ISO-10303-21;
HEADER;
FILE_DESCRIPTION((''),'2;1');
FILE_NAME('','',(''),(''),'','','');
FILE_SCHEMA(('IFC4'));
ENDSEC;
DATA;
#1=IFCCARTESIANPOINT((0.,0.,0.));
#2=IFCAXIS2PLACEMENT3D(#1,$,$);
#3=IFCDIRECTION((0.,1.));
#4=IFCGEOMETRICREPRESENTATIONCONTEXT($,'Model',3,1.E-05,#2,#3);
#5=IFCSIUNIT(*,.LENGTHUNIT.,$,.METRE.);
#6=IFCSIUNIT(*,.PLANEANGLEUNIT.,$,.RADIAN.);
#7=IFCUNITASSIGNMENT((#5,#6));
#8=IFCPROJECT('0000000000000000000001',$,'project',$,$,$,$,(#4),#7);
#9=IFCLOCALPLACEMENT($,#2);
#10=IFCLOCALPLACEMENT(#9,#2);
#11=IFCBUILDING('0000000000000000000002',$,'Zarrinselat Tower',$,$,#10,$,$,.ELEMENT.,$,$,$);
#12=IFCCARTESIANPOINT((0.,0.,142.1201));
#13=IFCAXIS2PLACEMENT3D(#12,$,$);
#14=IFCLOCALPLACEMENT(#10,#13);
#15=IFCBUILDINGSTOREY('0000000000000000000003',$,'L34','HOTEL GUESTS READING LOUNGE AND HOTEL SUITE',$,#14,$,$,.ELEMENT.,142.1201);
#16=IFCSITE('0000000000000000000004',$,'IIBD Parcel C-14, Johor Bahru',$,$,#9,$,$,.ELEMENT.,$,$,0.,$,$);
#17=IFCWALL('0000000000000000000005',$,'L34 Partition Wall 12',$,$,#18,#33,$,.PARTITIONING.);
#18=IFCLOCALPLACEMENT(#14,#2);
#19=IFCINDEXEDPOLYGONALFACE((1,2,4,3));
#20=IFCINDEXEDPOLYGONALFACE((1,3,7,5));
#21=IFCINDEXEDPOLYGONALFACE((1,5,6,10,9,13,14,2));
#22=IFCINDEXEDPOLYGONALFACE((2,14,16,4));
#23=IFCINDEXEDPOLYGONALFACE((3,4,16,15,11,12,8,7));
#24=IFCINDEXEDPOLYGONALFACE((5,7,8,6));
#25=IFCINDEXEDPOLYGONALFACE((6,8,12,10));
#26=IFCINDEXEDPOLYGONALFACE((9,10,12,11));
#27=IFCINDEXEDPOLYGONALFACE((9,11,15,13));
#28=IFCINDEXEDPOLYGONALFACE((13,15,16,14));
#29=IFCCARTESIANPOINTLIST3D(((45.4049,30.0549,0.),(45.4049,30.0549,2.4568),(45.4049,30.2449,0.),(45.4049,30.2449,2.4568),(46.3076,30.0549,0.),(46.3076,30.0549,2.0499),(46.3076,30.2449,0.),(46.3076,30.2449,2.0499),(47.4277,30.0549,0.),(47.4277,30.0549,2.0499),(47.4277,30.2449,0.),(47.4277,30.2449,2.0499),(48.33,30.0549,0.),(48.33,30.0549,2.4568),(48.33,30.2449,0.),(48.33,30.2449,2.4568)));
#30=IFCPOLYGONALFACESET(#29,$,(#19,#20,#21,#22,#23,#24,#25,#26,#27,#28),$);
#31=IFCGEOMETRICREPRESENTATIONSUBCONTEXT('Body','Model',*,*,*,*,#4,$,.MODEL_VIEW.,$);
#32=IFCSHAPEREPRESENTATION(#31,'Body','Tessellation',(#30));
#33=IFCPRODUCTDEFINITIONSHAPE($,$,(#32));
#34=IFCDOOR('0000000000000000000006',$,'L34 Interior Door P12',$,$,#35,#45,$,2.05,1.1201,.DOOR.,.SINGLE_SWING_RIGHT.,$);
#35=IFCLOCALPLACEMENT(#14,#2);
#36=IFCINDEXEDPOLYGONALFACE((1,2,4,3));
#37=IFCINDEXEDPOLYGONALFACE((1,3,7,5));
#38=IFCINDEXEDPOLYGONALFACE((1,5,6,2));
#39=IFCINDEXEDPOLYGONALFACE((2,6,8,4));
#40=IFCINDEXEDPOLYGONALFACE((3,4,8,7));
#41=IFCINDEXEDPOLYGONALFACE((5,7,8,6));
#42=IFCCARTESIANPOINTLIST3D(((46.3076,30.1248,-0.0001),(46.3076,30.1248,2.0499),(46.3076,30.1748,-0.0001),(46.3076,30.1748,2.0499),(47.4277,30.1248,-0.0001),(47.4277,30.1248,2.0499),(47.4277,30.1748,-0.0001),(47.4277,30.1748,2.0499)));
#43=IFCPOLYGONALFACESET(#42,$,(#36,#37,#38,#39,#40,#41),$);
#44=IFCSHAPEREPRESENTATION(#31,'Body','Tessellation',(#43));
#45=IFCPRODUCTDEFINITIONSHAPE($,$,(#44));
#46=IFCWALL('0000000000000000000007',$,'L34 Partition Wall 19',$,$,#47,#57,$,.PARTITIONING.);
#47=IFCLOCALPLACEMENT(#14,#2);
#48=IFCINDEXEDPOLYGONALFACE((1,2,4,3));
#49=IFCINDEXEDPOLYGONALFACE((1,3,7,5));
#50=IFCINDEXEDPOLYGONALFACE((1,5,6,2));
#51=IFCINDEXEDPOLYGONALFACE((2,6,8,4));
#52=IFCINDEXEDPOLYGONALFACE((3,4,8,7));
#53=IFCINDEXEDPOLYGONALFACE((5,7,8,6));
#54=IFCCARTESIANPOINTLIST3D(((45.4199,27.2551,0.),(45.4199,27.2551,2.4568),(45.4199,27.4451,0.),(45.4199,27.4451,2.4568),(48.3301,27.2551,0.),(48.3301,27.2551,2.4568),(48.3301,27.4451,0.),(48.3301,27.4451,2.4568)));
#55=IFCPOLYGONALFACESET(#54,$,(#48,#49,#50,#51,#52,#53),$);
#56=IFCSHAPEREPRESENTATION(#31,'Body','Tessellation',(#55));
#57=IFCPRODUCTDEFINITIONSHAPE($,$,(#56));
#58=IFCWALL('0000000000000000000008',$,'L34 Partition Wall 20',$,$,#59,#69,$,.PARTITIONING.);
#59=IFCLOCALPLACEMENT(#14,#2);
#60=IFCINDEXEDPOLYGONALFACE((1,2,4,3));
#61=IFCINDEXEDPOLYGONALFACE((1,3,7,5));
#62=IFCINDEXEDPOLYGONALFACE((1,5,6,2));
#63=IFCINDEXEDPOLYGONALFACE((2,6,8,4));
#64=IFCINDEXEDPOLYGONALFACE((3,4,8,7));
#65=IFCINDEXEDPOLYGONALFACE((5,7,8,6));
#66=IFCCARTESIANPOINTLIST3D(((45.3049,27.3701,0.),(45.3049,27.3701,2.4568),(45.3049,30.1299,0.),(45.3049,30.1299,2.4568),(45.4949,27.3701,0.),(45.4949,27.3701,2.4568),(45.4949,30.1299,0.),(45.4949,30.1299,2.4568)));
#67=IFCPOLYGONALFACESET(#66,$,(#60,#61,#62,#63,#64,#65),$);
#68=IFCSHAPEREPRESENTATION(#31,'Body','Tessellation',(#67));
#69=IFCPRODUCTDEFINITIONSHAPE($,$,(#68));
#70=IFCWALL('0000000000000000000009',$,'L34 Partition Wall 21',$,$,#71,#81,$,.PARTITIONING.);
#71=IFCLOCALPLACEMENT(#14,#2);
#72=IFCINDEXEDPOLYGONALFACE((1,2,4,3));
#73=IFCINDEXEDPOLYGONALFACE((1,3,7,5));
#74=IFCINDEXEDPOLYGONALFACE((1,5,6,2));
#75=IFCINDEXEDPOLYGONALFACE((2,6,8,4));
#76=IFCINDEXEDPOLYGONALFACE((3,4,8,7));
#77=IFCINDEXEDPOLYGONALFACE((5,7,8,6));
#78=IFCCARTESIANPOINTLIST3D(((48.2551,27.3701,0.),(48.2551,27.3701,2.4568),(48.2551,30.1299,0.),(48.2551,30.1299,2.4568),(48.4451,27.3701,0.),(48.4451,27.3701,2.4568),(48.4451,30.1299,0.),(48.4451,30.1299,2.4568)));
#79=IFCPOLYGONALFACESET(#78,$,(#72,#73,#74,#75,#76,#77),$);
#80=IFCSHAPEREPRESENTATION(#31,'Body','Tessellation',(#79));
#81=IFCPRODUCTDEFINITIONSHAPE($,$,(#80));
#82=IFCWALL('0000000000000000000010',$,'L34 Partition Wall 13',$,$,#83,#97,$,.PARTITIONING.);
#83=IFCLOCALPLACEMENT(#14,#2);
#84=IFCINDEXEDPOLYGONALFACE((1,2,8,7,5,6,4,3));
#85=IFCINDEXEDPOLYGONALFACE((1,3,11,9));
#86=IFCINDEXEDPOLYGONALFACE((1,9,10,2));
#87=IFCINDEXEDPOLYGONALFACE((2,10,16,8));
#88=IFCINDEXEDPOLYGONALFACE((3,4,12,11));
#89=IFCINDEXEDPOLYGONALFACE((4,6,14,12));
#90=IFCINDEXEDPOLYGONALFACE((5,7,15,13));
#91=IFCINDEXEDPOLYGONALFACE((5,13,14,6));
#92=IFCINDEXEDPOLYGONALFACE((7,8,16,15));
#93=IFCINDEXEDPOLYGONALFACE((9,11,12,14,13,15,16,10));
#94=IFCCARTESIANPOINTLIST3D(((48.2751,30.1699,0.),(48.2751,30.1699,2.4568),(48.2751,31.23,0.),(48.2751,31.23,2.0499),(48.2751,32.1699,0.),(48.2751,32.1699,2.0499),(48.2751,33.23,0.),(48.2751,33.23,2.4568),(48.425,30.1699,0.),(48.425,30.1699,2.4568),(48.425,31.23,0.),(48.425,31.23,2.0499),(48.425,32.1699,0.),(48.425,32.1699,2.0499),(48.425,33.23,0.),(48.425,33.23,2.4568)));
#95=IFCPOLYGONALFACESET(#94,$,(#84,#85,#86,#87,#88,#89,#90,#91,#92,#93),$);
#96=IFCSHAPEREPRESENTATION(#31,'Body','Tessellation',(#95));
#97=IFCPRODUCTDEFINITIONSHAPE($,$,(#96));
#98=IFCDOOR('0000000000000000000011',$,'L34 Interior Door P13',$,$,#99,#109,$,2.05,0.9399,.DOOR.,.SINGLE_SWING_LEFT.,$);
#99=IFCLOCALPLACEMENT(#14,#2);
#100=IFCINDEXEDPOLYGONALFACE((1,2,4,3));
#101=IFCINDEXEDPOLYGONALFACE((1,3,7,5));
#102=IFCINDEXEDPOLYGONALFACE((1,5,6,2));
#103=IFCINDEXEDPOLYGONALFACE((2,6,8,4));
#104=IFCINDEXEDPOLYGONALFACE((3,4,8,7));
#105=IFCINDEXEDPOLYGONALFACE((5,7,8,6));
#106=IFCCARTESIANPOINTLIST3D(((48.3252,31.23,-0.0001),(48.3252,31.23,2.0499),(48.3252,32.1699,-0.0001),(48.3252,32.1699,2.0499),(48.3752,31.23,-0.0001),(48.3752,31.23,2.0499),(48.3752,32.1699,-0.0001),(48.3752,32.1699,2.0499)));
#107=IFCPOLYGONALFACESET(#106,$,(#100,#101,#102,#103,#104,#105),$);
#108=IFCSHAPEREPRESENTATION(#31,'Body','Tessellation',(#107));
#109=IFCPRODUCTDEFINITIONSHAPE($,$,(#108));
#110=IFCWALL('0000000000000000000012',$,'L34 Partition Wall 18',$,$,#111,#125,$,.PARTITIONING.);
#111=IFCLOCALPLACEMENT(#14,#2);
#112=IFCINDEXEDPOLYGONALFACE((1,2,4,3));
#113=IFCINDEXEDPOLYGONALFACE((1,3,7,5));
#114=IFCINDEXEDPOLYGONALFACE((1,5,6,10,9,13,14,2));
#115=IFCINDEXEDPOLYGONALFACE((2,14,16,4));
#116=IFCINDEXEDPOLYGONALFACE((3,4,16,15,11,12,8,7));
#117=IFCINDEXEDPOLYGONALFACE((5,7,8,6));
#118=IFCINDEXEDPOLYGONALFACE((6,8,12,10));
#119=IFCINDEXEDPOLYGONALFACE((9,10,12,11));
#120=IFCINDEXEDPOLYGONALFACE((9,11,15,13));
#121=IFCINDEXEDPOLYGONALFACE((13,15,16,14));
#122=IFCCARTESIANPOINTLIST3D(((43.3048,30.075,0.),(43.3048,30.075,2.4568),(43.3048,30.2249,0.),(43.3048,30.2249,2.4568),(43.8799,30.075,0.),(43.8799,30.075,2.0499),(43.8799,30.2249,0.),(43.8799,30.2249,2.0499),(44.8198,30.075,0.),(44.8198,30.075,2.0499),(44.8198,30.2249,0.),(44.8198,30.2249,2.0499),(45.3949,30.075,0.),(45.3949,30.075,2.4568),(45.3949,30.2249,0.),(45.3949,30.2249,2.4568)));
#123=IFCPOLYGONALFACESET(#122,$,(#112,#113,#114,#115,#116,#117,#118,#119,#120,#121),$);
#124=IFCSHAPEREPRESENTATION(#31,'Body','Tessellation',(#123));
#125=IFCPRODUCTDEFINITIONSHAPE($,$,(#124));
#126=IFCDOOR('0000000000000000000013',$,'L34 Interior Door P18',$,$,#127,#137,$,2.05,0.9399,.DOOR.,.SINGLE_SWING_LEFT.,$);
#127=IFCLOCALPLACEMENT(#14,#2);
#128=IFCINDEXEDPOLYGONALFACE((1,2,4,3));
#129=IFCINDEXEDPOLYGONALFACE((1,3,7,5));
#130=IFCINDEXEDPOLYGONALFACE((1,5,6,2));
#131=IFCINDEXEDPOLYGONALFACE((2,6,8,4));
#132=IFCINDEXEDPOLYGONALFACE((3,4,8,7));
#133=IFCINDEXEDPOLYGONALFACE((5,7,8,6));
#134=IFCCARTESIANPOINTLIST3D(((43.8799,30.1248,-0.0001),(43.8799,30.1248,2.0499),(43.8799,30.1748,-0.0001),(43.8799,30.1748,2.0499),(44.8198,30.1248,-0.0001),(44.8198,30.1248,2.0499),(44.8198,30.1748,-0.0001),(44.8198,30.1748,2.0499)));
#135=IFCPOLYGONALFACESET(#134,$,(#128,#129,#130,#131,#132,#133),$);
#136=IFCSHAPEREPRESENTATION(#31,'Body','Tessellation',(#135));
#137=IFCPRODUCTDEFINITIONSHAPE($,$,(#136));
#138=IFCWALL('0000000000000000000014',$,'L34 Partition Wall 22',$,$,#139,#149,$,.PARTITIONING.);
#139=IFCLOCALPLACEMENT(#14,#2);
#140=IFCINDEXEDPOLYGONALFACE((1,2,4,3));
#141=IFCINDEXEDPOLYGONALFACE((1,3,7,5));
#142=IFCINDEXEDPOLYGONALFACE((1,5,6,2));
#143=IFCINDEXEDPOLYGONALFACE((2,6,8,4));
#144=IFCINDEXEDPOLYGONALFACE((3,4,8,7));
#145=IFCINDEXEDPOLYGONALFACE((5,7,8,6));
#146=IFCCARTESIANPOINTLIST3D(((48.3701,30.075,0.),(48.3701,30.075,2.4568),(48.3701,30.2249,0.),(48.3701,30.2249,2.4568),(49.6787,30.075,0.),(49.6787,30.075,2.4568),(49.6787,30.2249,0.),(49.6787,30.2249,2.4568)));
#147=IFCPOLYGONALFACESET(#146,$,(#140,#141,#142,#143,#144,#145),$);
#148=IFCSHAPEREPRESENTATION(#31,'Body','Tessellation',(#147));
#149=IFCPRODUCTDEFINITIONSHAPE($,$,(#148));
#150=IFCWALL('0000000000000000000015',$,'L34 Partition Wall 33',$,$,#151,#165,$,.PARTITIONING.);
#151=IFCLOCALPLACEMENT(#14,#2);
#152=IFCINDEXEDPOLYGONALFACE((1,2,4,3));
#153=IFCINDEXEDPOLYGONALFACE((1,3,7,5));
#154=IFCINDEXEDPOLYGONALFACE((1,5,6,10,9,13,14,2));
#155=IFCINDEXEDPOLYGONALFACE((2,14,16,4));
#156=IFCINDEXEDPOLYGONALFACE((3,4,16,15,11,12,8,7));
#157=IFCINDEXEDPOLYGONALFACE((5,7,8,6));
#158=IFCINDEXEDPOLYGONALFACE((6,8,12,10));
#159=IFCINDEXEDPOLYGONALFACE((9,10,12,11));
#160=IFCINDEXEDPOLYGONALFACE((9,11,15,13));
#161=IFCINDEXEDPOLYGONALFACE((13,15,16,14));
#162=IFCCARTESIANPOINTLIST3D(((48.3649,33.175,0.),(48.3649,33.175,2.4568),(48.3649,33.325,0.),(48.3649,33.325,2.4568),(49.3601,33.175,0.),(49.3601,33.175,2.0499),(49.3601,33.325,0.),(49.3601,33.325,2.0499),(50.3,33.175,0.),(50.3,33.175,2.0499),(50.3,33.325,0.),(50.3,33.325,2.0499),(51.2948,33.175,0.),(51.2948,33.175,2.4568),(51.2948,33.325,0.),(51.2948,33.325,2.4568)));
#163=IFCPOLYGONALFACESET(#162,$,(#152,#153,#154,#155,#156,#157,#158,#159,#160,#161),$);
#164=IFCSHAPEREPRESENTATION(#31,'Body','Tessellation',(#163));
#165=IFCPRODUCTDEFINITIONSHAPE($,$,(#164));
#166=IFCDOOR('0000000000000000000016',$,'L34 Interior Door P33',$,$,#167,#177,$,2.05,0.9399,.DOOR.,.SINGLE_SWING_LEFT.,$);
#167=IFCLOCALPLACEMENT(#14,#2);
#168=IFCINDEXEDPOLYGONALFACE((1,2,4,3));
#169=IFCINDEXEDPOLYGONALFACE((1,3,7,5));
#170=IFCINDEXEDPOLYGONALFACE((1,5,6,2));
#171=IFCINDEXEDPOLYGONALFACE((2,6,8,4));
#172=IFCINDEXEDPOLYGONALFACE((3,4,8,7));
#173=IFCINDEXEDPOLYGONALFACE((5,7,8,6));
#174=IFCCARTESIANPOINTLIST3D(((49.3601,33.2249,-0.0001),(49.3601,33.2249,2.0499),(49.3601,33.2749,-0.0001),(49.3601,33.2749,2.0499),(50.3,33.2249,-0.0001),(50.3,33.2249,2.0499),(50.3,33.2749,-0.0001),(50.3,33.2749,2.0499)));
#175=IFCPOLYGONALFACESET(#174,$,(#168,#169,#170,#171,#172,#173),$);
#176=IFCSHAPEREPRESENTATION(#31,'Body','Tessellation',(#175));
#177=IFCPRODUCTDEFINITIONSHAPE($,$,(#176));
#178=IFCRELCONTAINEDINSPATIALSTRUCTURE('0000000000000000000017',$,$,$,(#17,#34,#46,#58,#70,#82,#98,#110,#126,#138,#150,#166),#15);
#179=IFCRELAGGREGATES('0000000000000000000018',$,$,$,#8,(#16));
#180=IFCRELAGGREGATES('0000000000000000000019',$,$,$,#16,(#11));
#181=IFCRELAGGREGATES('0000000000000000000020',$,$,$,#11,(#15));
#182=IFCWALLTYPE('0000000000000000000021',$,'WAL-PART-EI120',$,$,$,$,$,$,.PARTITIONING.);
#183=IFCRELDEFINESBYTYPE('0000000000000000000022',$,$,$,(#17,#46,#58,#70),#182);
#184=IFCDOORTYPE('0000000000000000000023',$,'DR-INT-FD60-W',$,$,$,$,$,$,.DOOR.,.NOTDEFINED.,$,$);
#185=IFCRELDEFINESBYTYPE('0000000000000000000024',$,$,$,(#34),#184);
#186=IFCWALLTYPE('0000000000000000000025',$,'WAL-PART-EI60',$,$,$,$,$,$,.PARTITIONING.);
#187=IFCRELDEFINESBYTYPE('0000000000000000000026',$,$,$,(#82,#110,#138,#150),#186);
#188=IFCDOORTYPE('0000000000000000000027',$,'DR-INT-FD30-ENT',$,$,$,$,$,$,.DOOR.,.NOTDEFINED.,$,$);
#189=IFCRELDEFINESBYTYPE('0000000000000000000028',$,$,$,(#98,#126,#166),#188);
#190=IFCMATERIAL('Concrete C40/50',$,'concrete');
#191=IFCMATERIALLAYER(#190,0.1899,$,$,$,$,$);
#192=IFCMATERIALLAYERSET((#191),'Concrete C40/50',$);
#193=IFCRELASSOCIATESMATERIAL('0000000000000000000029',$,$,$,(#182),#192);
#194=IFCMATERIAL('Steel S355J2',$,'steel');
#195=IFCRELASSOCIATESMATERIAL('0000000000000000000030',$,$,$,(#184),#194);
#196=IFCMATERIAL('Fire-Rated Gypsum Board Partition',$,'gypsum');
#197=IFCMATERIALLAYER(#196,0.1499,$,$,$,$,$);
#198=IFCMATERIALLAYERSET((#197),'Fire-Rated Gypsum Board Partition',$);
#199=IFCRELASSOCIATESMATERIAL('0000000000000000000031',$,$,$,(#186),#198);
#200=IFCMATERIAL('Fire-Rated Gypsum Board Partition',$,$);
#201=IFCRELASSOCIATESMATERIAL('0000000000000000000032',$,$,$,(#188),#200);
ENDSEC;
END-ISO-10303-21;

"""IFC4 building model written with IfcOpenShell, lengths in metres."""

from ifc_helpers import new_model, si_unit, direction, frame, frame_2d, origin, place, context, subcontext, project, spatial, rectangle, extrude, material, layer, layer_set, type_object, element, fill, save


model = new_model("IFC4")

# Units and contexts
model_context = context("Model", 3, precision=1e-05, world=origin(), true_north=direction((0.0, 1.0)))
body_context = subcontext(model_context, "Body", "Model", "MODEL_VIEW")
ifc_project = project(units=[si_unit("LENGTHUNIT", "METRE"), si_unit("PLANEANGLEUNIT", "RADIAN")], contexts=[model_context])

# Site, building, storey
site_placement = place(None, origin())
site = spatial("IfcSite", under=ifc_project, at=site_placement, Name="IIBD Parcel C-14, Johor Bahru", CompositionType="ELEMENT", RefElevation=0.0)
building_placement = place(site_placement, origin())
building = spatial("IfcBuilding", under=site, at=building_placement, Name="Zarrinselat Tower", CompositionType="ELEMENT")
storey_placement = place(building_placement, frame((0.0, 0.0, 142.1201)))
storey = spatial("IfcBuildingStorey", under=building, at=storey_placement, Name="L34", Description="HOTEL GUESTS READING LOUNGE AND HOTEL SUITE", CompositionType="ELEMENT", Elevation=142.1201)

# Wall, opening, door
ifc_material_1 = material(Name="Concrete C40/50", Category="concrete")
ifc_layer_1 = layer(ifc_material_1, 0.1899)
ifc_layer_set_1 = layer_set([ifc_layer_1], Name="Concrete C40/50")
wall_type_1 = type_object("IfcWallType", Name="WAL-PART-EI120", PredefinedType="PARTITIONING", material=ifc_layer_set_1)
wall_1_placement = place(storey_placement, frame((45.405, 30.1499, 0.0), z_axis=(0.0, 0.0, 1.0), x_axis=(1.0, 0.0, 0.0)))
wall_1 = element("IfcWall", 1, at=wall_1_placement, inside=storey, type_object=wall_type_1, Name="L34 Partition Wall 12", PredefinedType="PARTITIONING", context=body_context, shape_type="SweptSolid", body=[
    extrude(rectangle(XDim=2.925, YDim=0.1899, at=frame_2d((1.4624, 0.0))), origin(), (0.0, 0.0, 1.0), 2.4568),
])
opening_1_placement = place(wall_1_placement, frame((0.9026, 0.0, 0.0)))
opening_1 = element("IfcOpeningElement", 2, at=opening_1_placement, cuts=wall_1, PredefinedType="OPENING", context=body_context, shape_type="SweptSolid", body=[
    extrude(rectangle(XDim=1.1201, YDim=2.05, at=frame_2d((0.5601, 1.0249))), frame((0.0, 0.105, 0.0), z_axis=(0.0, -1.0, 0.0), x_axis=(1.0, 0.0, 0.0)), (0.0, 0.0, 1.0), 0.21),
])
ifc_material_2 = material(Name="Steel S355J2", Category="steel")
door_type_1 = type_object("IfcDoorType", Name="DR-INT-FD60-W", OperationType="NOTDEFINED", PredefinedType="DOOR", material=ifc_material_2)
door_1_placement = place(opening_1_placement, origin())
door_1 = element("IfcDoor", 3, at=door_1_placement, inside=storey, type_object=door_type_1, Name="L34 Interior Door P12", OperationType="SINGLE_SWING_RIGHT", OverallHeight=2.05, OverallWidth=1.1201, PredefinedType="DOOR", context=body_context, shape_type="SweptSolid", body=[
    extrude(rectangle(XDim=1.1201, YDim=2.05, at=frame_2d((0.5601, 1.0249))), frame((0.0, 0.0249, 0.0), z_axis=(0.0, -1.0, 0.0), x_axis=(1.0, 0.0, 0.0)), (0.0, 0.0, 1.0), 0.05),
])
fill(opening_1, door_1)

# Walls
wall_2_placement = place(storey_placement, frame((45.4199, 27.3501, 0.0), z_axis=(0.0, 0.0, 1.0), x_axis=(1.0, 0.0, 0.0)))
element("IfcWall", 4, at=wall_2_placement, inside=storey, type_object=wall_type_1, Name="L34 Partition Wall 19", PredefinedType="PARTITIONING", context=body_context, shape_type="SweptSolid", body=[
    extrude(rectangle(XDim=2.9102, YDim=0.1899, at=frame_2d((1.4551, 0.0))), origin(), (0.0, 0.0, 1.0), 2.4568),
])
for number, where, z_axis, x_axis, name in (
    (5, (45.3999, 27.3701, 0.0), (0.0, 0.0, 1.0), (0.0, 1.0, 0.0), "L34 Partition Wall 20"),
    (6, (48.3501, 27.3701, 0.0), (0.0, 0.0, 1.0), (0.0, 1.0, 0.0), "L34 Partition Wall 21"),
):
    element("IfcWall", number, at=place(storey_placement, frame(where, z_axis=z_axis, x_axis=x_axis)), inside=storey, type_object=wall_type_1, Name=name, PredefinedType="PARTITIONING", context=body_context, shape_type="SweptSolid", body=[
        extrude(rectangle(XDim=2.7598, YDim=0.1899, at=frame_2d((1.3799, 0.0))), origin(), (0.0, 0.0, 1.0), 2.4568),
    ])

# Walls, openings, doors
ifc_material_3 = material(Name="Fire-Rated Gypsum Board Partition", Category="gypsum")
ifc_layer_2 = layer(ifc_material_3, 0.1499)
ifc_layer_set_2 = layer_set([ifc_layer_2], Name="Fire-Rated Gypsum Board Partition")
wall_type_2 = type_object("IfcWallType", Name="WAL-PART-EI60", PredefinedType="PARTITIONING", material=ifc_layer_set_2)
wall_3_placement = place(storey_placement, frame((48.3501, 30.1699, 0.0), z_axis=(0.0, 0.0, 1.0), x_axis=(0.0, 1.0, 0.0)))
wall_3 = element("IfcWall", 7, at=wall_3_placement, inside=storey, type_object=wall_type_2, Name="L34 Partition Wall 13", PredefinedType="PARTITIONING", context=body_context, shape_type="SweptSolid", body=[
    extrude(rectangle(XDim=3.0601, YDim=0.1499, at=frame_2d((1.53, 0.0))), origin(), (0.0, 0.0, 1.0), 2.4568),
])
opening_2_placement = place(wall_3_placement, frame((1.0601, 0.0, 0.0)))
opening_2 = element("IfcOpeningElement", 8, at=opening_2_placement, cuts=wall_3, PredefinedType="OPENING", context=body_context, shape_type="SweptSolid", body=[
    extrude(rectangle(XDim=0.9399, YDim=2.05, at=frame_2d((0.47, 1.0249))), frame((0.0, 0.085, 0.0), z_axis=(0.0, -1.0, 0.0), x_axis=(1.0, 0.0, 0.0)), (0.0, 0.0, 1.0), 0.1699),
])
ifc_material_4 = material(Name="Fire-Rated Gypsum Board Partition")
door_type_2 = type_object("IfcDoorType", Name="DR-INT-FD30-ENT", OperationType="NOTDEFINED", PredefinedType="DOOR", material=ifc_material_4)
door_2_placement = place(opening_2_placement, origin())
door_2 = element("IfcDoor", 9, at=door_2_placement, inside=storey, type_object=door_type_2, Name="L34 Interior Door P13", OperationType="SINGLE_SWING_LEFT", OverallHeight=2.05, OverallWidth=0.9399, PredefinedType="DOOR", context=body_context, shape_type="SweptSolid", body=[
    extrude(rectangle(XDim=0.9399, YDim=2.05, at=frame_2d((0.47, 1.0249))), frame((0.0, 0.0249, 0.0), z_axis=(0.0, -1.0, 0.0), x_axis=(1.0, 0.0, 0.0)), (0.0, 0.0, 1.0), 0.05),
])
fill(opening_2, door_2)
wall_4_placement = place(storey_placement, frame((43.3049, 30.1499, 0.0), z_axis=(0.0, 0.0, 1.0), x_axis=(1.0, 0.0, 0.0)))
wall_4 = element("IfcWall", 10, at=wall_4_placement, inside=storey, type_object=wall_type_2, Name="L34 Partition Wall 18", PredefinedType="PARTITIONING", context=body_context, shape_type="SweptSolid", body=[
    extrude(rectangle(XDim=2.0901, YDim=0.1499, at=frame_2d((1.0449, 0.0))), origin(), (0.0, 0.0, 1.0), 2.4568),
])
opening_3_placement = place(wall_4_placement, frame((0.575, 0.0, 0.0)))
opening_3 = element("IfcOpeningElement", 11, at=opening_3_placement, cuts=wall_4, PredefinedType="OPENING", context=body_context, shape_type="SweptSolid", body=[
    extrude(rectangle(XDim=0.9399, YDim=2.05, at=frame_2d((0.47, 1.0249))), frame((0.0, 0.085, 0.0), z_axis=(0.0, -1.0, 0.0), x_axis=(1.0, 0.0, 0.0)), (0.0, 0.0, 1.0), 0.1699),
])
door_3_placement = place(opening_3_placement, origin())
door_3 = element("IfcDoor", 12, at=door_3_placement, inside=storey, type_object=door_type_2, Name="L34 Interior Door P18", OperationType="SINGLE_SWING_LEFT", OverallHeight=2.05, OverallWidth=0.9399, PredefinedType="DOOR", context=body_context, shape_type="SweptSolid", body=[
    extrude(rectangle(XDim=0.9399, YDim=2.05, at=frame_2d((0.47, 1.0249))), frame((0.0, 0.0249, 0.0), z_axis=(0.0, -1.0, 0.0), x_axis=(1.0, 0.0, 0.0)), (0.0, 0.0, 1.0), 0.05),
])
fill(opening_3, door_3)

# Wall
wall_5_placement = place(storey_placement, frame((48.3701, 30.1499, 0.0), z_axis=(0.0, 0.0, 1.0), x_axis=(1.0, 0.0, 0.0)))
element("IfcWall", 13, at=wall_5_placement, inside=storey, type_object=wall_type_2, Name="L34 Partition Wall 22", PredefinedType="PARTITIONING", context=body_context, shape_type="SweptSolid", body=[
    extrude(rectangle(XDim=1.3086, YDim=0.1499, at=frame_2d((0.6543, 0.0))), origin(), (0.0, 0.0, 1.0), 2.4568),
])

# Wall, opening, door
wall_6_placement = place(storey_placement, frame((48.365, 33.25, 0.0), z_axis=(0.0, 0.0, 1.0), x_axis=(1.0, 0.0, 0.0)))
wall_6 = element("IfcWall", 14, at=wall_6_placement, inside=storey, type_object=wall_type_2, Name="L34 Partition Wall 33", PredefinedType="PARTITIONING", context=body_context, shape_type="SweptSolid", body=[
    extrude(rectangle(XDim=2.9299, YDim=0.1499, at=frame_2d((1.4648, 0.0))), origin(), (0.0, 0.0, 1.0), 2.4568),
])
opening_4_placement = place(wall_6_placement, frame((0.9951, 0.0, 0.0)))
opening_4 = element("IfcOpeningElement", 15, at=opening_4_placement, cuts=wall_6, PredefinedType="OPENING", context=body_context, shape_type="SweptSolid", body=[
    extrude(rectangle(XDim=0.9399, YDim=2.05, at=frame_2d((0.47, 1.0249))), frame((0.0, 0.085, 0.0), z_axis=(0.0, -1.0, 0.0), x_axis=(1.0, 0.0, 0.0)), (0.0, 0.0, 1.0), 0.1699),
])
door_4_placement = place(opening_4_placement, origin())
door_4 = element("IfcDoor", 16, at=door_4_placement, inside=storey, type_object=door_type_2, Name="L34 Interior Door P33", OperationType="SINGLE_SWING_LEFT", OverallHeight=2.05, OverallWidth=0.9399, PredefinedType="DOOR", context=body_context, shape_type="SweptSolid", body=[
    extrude(rectangle(XDim=0.9399, YDim=2.05, at=frame_2d((0.47, 1.0249))), frame((0.0, 0.0249, 0.0), z_axis=(0.0, -1.0, 0.0), x_axis=(1.0, 0.0, 0.0)), (0.0, 0.0, 1.0), 0.05),
])
fill(opening_4, door_4)

save(model, "model.ifc")
